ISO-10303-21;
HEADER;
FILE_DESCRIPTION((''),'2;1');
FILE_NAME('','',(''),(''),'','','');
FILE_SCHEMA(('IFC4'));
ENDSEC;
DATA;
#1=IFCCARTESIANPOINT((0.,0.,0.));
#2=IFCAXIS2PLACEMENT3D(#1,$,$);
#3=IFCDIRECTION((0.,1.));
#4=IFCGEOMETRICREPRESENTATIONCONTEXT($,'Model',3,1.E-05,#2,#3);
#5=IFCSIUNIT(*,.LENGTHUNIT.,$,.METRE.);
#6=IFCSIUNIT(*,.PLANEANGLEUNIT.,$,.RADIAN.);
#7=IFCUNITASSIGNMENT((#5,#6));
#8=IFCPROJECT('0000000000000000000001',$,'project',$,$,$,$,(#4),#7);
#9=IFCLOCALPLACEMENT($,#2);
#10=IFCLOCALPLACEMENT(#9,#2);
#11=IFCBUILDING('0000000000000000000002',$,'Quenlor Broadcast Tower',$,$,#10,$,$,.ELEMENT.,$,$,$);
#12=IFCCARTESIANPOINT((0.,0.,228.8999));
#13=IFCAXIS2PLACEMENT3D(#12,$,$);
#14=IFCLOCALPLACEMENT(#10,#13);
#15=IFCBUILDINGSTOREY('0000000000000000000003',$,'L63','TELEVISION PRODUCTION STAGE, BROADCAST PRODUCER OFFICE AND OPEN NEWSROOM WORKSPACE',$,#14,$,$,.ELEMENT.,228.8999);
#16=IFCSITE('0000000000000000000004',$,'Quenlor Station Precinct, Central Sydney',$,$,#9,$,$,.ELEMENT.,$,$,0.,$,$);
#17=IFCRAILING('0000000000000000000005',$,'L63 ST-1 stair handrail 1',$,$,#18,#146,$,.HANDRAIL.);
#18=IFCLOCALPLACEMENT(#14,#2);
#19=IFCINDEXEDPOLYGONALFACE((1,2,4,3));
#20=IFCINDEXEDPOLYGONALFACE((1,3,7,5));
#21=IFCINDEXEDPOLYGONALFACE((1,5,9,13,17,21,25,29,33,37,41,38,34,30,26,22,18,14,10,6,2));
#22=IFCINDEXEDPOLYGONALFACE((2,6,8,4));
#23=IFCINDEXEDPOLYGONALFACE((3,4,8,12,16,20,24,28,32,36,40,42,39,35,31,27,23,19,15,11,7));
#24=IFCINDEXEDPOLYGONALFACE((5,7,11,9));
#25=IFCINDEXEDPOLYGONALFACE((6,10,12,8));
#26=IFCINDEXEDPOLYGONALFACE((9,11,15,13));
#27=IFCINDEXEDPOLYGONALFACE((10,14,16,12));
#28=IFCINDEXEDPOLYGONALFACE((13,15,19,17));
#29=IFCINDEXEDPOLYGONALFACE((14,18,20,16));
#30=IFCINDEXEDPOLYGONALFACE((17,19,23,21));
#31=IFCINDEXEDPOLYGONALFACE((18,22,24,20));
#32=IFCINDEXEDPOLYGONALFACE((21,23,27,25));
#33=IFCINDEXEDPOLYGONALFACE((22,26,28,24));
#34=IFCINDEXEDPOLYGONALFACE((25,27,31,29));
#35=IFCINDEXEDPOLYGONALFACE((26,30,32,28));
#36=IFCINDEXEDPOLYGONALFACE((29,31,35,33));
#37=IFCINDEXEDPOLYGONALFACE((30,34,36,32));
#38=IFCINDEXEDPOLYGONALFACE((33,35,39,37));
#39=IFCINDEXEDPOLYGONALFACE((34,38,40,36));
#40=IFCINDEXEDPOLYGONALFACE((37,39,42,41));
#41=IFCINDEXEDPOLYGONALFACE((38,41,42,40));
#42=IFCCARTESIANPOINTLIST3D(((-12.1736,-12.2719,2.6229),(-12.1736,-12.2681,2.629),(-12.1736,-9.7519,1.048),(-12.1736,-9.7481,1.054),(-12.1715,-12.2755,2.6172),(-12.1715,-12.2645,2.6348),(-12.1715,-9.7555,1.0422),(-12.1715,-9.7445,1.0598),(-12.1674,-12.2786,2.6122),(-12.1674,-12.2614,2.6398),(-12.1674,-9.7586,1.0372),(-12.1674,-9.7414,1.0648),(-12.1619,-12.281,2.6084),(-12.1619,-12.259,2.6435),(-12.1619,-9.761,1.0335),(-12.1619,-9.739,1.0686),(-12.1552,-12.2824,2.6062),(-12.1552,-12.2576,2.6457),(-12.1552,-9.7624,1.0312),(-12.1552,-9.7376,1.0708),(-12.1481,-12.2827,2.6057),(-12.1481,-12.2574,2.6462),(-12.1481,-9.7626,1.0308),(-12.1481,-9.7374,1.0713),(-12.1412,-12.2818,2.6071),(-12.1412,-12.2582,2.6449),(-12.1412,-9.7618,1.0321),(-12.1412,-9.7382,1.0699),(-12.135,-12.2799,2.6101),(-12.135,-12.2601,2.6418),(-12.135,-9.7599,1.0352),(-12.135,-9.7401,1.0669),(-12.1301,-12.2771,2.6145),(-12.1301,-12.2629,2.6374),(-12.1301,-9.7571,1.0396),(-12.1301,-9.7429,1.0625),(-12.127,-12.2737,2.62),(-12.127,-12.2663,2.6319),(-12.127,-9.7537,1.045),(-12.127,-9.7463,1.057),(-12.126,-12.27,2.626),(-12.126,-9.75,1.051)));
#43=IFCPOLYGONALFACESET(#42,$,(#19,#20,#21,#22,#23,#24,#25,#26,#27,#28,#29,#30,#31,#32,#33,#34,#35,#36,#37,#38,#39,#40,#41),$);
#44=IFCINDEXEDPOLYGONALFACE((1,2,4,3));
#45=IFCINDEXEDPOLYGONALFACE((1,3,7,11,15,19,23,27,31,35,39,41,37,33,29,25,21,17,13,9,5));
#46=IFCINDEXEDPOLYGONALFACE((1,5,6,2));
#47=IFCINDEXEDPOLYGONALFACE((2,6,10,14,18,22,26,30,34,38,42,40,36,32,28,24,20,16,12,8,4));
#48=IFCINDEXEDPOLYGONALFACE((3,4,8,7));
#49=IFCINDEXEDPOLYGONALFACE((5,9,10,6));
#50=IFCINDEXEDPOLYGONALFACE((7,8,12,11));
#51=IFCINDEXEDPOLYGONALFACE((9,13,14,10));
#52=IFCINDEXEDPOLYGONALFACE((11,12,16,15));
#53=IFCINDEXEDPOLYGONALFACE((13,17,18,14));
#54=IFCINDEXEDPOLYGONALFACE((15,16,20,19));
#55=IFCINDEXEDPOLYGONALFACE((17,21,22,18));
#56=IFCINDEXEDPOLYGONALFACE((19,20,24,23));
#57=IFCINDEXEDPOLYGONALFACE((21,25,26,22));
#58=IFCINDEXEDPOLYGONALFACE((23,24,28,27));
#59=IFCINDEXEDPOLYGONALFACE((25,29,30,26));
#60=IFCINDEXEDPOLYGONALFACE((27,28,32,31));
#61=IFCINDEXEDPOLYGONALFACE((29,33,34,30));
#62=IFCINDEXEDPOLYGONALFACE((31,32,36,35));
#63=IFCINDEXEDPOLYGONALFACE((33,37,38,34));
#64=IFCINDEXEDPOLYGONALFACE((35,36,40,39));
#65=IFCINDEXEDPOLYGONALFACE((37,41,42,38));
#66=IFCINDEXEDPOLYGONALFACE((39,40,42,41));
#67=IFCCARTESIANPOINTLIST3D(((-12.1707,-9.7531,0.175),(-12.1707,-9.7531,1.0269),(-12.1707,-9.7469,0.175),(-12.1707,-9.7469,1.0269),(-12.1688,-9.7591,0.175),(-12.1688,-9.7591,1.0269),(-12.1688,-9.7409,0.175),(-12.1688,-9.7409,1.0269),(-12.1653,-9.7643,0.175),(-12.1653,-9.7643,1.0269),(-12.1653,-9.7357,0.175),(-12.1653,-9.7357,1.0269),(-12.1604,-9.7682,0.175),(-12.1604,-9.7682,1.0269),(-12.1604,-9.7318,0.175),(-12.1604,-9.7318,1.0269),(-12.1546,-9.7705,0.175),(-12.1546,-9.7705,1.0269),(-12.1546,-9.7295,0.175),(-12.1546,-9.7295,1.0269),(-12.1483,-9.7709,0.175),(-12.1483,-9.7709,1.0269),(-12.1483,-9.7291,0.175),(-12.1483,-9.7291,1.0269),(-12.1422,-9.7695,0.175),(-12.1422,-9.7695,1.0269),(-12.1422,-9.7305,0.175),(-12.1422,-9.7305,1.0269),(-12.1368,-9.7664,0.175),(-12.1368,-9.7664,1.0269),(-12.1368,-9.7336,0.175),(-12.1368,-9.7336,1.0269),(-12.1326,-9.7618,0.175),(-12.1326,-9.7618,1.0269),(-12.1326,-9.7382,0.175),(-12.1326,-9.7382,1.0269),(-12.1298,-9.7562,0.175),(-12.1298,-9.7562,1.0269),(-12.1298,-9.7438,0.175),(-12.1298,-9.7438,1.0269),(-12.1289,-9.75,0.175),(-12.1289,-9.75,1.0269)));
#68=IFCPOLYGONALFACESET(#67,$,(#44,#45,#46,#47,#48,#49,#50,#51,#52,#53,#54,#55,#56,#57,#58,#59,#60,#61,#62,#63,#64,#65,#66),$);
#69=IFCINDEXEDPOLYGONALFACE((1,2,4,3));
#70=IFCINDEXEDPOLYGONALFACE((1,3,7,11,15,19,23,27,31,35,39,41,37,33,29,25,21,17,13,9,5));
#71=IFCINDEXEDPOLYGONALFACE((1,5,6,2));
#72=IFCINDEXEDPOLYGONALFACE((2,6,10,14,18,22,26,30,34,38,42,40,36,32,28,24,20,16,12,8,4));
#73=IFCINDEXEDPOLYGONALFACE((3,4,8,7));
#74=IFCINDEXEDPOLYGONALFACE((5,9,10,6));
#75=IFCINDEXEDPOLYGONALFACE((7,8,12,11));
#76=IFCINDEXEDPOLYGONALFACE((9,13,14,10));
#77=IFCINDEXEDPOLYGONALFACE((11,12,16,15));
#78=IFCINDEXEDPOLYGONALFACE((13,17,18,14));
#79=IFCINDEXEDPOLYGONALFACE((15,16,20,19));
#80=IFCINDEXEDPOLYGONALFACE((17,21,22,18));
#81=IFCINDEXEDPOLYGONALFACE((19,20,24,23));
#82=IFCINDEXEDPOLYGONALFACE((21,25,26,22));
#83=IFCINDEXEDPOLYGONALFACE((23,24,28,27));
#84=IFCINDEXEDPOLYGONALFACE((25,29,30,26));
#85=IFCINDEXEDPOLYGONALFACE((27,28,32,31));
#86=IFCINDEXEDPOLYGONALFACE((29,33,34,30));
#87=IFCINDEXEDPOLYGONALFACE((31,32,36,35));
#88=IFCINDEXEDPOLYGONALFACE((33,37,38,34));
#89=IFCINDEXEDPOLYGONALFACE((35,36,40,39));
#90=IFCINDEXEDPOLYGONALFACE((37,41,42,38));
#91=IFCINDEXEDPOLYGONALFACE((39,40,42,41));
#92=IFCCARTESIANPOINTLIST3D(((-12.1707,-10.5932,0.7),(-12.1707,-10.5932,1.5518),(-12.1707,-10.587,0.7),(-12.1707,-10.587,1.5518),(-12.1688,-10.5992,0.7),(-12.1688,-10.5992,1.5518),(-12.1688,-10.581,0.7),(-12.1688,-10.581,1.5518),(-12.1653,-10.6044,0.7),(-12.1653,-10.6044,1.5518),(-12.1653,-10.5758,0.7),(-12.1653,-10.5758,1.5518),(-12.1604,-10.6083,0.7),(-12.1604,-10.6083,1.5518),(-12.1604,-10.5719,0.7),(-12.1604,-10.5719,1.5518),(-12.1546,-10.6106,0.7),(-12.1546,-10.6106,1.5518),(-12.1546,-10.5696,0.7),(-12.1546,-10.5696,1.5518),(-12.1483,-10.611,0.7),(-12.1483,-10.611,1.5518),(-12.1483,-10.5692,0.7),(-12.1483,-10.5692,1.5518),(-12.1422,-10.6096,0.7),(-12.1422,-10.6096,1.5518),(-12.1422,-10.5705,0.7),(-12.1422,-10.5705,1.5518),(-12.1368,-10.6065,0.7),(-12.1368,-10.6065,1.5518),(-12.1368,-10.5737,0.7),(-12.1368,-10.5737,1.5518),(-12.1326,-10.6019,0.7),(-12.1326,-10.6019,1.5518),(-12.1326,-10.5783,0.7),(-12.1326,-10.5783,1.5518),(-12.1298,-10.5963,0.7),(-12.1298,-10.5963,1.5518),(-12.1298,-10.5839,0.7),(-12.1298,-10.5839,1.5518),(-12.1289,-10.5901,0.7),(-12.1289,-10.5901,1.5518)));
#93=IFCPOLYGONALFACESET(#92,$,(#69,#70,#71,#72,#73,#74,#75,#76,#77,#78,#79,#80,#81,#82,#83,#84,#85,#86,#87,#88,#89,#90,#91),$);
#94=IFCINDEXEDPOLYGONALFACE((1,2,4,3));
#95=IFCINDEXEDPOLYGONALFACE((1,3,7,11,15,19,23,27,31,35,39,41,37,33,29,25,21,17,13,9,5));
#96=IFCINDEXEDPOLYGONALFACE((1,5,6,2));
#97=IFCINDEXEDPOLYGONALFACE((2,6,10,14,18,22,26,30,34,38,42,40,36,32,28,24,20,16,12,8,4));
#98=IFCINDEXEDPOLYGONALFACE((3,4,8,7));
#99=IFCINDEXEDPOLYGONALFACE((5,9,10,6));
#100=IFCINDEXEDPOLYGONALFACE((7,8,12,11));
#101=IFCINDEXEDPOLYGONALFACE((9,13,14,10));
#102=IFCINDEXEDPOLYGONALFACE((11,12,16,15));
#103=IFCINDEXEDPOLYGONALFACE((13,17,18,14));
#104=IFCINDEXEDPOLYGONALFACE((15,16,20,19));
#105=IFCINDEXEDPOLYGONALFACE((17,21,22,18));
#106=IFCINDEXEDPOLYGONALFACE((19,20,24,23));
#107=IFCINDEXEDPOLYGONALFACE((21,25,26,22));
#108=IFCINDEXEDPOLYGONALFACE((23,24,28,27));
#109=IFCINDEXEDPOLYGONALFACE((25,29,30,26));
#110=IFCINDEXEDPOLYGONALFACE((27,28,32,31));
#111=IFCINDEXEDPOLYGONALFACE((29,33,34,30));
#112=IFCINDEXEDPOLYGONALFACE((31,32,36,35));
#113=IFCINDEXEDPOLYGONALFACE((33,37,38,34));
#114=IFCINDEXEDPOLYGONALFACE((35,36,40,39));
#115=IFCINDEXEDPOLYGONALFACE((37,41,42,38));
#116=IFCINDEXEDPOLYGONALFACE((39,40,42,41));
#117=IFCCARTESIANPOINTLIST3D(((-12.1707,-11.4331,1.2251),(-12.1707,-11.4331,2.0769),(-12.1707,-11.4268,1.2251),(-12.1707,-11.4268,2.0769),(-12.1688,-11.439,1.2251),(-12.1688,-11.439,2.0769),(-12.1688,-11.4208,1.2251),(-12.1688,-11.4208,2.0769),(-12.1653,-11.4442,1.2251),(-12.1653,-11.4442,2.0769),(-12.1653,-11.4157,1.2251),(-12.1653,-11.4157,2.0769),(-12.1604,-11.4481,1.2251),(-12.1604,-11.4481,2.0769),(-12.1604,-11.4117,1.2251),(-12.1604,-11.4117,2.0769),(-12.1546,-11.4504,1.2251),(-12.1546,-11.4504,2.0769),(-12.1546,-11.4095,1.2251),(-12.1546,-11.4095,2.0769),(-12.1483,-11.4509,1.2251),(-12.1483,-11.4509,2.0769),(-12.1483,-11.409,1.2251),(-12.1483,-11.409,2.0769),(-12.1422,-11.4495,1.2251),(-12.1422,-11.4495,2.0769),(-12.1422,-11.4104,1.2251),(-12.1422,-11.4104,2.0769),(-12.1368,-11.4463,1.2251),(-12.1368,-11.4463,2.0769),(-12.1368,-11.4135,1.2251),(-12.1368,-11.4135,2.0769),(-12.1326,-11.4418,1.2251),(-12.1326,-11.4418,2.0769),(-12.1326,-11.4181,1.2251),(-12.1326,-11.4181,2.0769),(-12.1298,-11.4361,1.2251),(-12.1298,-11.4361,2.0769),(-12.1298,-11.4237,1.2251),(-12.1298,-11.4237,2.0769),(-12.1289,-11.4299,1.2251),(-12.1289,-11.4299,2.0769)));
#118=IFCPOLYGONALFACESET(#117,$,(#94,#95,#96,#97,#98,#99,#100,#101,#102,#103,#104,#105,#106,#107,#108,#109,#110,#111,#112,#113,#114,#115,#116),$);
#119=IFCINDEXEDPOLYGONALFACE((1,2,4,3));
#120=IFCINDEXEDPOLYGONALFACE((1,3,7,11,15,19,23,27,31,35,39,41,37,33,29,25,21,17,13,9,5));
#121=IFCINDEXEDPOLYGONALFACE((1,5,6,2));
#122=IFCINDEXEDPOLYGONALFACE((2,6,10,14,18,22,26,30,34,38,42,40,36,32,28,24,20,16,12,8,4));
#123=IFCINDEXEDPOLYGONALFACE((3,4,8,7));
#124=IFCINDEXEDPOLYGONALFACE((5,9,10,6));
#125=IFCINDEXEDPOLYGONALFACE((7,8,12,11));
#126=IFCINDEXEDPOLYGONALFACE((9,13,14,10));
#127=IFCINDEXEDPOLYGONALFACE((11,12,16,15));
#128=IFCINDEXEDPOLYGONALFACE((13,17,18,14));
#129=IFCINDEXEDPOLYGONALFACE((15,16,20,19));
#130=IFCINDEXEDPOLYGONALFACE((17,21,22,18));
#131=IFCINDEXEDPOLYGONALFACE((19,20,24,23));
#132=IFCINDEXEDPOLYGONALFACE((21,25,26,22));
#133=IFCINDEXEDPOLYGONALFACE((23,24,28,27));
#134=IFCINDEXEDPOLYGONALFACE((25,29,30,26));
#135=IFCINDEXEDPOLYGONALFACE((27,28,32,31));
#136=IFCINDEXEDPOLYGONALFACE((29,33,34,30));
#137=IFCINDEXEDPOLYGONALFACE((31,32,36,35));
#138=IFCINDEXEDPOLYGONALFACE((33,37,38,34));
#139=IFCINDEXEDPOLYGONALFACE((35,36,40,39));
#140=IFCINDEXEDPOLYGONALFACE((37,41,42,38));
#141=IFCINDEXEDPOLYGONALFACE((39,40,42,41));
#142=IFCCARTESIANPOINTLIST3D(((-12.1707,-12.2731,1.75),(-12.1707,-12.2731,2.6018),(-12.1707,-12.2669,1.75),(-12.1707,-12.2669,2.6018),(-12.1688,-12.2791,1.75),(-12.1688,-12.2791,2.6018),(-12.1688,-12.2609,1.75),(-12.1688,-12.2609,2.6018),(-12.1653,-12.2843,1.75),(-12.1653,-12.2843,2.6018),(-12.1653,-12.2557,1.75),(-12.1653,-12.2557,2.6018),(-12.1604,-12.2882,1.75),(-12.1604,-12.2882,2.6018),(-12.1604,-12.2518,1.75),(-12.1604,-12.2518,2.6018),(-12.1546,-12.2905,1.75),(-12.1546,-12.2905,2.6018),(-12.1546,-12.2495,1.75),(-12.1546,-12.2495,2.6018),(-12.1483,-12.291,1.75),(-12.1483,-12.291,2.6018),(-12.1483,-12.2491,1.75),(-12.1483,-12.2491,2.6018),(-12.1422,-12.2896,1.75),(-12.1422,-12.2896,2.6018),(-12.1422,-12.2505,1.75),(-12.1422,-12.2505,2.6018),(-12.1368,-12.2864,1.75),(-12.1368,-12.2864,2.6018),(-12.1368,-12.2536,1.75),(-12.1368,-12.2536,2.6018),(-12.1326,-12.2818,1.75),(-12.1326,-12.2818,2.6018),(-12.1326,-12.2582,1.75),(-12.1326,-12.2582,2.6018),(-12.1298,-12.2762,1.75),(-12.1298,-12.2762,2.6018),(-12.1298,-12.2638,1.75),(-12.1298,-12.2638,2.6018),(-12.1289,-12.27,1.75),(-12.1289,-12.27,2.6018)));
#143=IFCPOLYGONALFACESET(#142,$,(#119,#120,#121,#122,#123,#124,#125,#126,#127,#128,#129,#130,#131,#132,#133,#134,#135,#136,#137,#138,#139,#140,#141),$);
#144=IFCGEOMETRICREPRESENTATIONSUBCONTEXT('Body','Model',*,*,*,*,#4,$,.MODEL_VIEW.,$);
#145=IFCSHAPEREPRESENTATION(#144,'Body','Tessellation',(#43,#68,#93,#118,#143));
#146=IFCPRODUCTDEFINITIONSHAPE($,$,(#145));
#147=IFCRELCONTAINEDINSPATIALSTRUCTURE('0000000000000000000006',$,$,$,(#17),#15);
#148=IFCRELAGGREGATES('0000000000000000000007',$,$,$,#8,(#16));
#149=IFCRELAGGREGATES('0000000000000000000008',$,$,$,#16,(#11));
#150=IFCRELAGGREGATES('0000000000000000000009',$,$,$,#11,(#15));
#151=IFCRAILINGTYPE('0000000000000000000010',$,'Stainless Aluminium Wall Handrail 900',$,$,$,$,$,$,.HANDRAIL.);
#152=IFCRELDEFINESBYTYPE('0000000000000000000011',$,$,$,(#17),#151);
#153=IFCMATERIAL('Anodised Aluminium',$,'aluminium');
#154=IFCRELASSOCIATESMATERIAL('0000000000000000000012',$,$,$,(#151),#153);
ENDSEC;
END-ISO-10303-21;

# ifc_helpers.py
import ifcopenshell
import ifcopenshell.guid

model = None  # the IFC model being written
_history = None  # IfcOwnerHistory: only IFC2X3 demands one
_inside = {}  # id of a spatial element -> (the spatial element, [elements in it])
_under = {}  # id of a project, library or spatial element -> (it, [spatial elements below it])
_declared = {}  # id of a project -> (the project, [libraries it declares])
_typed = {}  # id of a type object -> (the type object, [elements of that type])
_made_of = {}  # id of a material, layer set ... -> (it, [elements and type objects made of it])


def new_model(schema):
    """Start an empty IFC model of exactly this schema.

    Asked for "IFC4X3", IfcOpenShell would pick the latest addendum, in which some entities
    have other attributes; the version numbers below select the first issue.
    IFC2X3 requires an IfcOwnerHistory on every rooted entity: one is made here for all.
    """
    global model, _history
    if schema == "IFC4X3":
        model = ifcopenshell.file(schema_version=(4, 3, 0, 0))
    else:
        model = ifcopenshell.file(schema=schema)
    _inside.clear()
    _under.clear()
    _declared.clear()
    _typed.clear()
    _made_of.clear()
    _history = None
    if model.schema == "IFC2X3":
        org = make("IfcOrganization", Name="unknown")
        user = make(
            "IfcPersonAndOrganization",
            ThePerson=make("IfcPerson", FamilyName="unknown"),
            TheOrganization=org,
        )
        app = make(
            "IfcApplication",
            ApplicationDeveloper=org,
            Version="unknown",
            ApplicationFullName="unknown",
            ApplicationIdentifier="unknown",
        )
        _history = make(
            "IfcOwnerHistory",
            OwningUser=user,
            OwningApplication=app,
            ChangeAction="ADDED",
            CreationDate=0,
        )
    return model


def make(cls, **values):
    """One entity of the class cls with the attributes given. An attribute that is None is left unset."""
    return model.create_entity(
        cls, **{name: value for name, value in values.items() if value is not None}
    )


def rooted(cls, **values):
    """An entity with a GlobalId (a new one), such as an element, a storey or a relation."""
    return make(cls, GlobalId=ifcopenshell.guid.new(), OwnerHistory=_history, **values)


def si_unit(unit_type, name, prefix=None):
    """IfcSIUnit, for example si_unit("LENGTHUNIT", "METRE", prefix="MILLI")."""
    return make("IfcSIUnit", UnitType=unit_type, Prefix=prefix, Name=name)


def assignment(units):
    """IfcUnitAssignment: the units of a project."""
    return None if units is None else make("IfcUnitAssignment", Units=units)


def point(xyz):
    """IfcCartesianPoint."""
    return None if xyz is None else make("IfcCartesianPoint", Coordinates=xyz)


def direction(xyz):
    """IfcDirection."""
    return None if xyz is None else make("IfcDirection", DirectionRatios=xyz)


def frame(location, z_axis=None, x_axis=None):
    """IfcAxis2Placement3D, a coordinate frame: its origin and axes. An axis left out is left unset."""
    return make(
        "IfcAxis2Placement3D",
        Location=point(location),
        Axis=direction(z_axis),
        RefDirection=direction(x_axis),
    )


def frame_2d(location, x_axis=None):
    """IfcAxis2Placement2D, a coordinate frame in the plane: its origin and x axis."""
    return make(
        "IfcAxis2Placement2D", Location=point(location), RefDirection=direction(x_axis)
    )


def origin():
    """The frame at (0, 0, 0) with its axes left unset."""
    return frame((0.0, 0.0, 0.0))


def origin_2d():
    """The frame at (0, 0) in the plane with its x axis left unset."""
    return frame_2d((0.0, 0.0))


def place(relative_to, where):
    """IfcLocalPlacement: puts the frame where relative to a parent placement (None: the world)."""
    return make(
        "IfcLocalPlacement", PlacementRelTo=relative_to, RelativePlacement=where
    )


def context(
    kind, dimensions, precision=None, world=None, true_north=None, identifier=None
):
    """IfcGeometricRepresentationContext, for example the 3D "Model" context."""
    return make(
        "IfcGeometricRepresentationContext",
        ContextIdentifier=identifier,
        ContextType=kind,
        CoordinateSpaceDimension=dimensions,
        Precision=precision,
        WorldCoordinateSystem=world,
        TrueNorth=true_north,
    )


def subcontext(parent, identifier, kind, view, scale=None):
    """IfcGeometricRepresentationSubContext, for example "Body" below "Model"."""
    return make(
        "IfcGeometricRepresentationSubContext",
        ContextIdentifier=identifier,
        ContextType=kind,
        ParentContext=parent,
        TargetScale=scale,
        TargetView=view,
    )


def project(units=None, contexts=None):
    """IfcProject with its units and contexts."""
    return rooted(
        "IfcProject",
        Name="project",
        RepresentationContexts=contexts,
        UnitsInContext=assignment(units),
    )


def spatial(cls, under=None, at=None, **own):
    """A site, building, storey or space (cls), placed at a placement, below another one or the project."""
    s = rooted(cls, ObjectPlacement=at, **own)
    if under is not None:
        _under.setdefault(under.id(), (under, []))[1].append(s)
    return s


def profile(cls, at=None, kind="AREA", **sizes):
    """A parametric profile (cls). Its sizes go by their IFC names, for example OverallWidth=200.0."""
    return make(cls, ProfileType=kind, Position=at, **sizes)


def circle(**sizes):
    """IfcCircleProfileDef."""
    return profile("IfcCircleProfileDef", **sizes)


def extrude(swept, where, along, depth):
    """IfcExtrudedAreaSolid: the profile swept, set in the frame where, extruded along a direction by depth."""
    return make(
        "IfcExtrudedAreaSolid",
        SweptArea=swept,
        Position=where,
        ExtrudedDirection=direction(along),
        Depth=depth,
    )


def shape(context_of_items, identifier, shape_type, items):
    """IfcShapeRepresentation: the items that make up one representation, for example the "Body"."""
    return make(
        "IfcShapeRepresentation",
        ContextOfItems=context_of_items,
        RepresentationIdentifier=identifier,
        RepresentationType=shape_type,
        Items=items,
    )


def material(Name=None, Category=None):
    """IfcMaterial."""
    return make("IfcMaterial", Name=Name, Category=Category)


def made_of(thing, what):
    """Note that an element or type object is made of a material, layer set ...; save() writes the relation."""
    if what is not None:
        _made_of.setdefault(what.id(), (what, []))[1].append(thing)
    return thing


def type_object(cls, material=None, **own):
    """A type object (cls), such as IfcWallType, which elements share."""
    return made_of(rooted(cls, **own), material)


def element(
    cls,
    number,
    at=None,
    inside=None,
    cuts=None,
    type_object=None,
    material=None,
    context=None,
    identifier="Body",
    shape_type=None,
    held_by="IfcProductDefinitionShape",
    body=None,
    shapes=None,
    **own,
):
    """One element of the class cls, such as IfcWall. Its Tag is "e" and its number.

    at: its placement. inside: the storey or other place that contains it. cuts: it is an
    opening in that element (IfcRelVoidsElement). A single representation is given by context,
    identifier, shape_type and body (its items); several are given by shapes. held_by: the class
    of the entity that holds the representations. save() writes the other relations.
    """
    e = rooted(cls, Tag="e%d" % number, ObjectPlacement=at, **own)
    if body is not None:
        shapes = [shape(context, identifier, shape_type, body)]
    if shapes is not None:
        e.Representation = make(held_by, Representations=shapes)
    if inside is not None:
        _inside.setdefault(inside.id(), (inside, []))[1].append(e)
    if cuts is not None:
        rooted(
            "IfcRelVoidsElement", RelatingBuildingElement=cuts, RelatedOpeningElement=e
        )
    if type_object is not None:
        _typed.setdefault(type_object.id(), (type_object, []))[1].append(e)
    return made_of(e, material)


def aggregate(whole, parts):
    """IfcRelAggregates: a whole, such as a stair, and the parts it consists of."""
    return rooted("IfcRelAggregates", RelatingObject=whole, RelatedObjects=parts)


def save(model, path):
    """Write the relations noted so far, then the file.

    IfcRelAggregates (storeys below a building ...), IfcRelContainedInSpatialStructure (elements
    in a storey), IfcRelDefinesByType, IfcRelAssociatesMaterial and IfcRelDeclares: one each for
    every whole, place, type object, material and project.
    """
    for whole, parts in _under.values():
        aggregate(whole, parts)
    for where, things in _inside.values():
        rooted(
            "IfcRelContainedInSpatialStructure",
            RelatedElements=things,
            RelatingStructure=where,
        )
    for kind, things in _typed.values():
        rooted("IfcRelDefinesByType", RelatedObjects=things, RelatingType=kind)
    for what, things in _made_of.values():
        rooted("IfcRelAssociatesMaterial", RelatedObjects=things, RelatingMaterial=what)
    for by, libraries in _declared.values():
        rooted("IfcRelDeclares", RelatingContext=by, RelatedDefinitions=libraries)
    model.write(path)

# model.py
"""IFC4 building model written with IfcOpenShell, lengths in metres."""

from ifc_helpers import new_model, si_unit, direction, frame, origin, origin_2d, place, context, subcontext, project, spatial, circle, extrude, material, type_object, element, save


model = new_model("IFC4")

# Units and contexts
model_context = context("Model", 3, precision=1e-05, world=origin(), true_north=direction((0.0, 1.0)))
body_context = subcontext(model_context, "Body", "Model", "MODEL_VIEW")
ifc_project = project(units=[si_unit("LENGTHUNIT", "METRE"), si_unit("PLANEANGLEUNIT", "RADIAN")], contexts=[model_context])

# Site, building, storey
site_placement = place(None, origin())
site = spatial("IfcSite", under=ifc_project, at=site_placement, Name="Quenlor Station Precinct, Central Sydney", CompositionType="ELEMENT", RefElevation=0.0)
building_placement = place(site_placement, origin())
building = spatial("IfcBuilding", under=site, at=building_placement, Name="Quenlor Broadcast Tower", CompositionType="ELEMENT")
storey_placement = place(building_placement, frame((0.0, 0.0, 228.8999)))
storey = spatial("IfcBuildingStorey", under=building, at=storey_placement, Name="L63", Description="TELEVISION PRODUCTION STAGE, BROADCAST PRODUCER OFFICE AND OPEN NEWSROOM WORKSPACE", CompositionType="ELEMENT", Elevation=228.8999)

# Railing
ifc_material_1 = material(Name="Anodised Aluminium", Category="aluminium")
railing_type = type_object("IfcRailingType", Name="Stainless Aluminium Wall Handrail 900", PredefinedType="HANDRAIL", material=ifc_material_1)
railing_placement = place(storey_placement, frame((-12.1499, -9.75, 0.175)))
element("IfcRailing", 1, at=railing_placement, inside=storey, type_object=railing_type, Name="L63 ST-1 stair handrail 1", PredefinedType="HANDRAIL", context=body_context, shape_type="SweptSolid", body=[
    extrude(circle(Radius=0.0239, at=origin_2d()), frame((0.0, 0.0, 0.876), z_axis=(0.0, -0.848008, 0.529984), x_axis=(1.0, 0.0, 0.0)), (0.0, 0.0, 1.0), 2.9717),
    extrude(circle(Radius=0.021, at=origin_2d()), origin(), (0.0, 0.0, 1.0), 0.8518),
    extrude(circle(Radius=0.021, at=origin_2d()), frame((0.0, -0.8401, 0.5249)), (0.0, 0.0, 1.0), 0.8518),
    extrude(circle(Radius=0.021, at=origin_2d()), frame((0.0, -1.6799, 1.05)), (0.0, 0.0, 1.0), 0.8518),
    extrude(circle(Radius=0.021, at=origin_2d()), frame((0.0, -2.52, 1.575)), (0.0, 0.0, 1.0), 0.8518),
])

save(model, "model.ifc")
